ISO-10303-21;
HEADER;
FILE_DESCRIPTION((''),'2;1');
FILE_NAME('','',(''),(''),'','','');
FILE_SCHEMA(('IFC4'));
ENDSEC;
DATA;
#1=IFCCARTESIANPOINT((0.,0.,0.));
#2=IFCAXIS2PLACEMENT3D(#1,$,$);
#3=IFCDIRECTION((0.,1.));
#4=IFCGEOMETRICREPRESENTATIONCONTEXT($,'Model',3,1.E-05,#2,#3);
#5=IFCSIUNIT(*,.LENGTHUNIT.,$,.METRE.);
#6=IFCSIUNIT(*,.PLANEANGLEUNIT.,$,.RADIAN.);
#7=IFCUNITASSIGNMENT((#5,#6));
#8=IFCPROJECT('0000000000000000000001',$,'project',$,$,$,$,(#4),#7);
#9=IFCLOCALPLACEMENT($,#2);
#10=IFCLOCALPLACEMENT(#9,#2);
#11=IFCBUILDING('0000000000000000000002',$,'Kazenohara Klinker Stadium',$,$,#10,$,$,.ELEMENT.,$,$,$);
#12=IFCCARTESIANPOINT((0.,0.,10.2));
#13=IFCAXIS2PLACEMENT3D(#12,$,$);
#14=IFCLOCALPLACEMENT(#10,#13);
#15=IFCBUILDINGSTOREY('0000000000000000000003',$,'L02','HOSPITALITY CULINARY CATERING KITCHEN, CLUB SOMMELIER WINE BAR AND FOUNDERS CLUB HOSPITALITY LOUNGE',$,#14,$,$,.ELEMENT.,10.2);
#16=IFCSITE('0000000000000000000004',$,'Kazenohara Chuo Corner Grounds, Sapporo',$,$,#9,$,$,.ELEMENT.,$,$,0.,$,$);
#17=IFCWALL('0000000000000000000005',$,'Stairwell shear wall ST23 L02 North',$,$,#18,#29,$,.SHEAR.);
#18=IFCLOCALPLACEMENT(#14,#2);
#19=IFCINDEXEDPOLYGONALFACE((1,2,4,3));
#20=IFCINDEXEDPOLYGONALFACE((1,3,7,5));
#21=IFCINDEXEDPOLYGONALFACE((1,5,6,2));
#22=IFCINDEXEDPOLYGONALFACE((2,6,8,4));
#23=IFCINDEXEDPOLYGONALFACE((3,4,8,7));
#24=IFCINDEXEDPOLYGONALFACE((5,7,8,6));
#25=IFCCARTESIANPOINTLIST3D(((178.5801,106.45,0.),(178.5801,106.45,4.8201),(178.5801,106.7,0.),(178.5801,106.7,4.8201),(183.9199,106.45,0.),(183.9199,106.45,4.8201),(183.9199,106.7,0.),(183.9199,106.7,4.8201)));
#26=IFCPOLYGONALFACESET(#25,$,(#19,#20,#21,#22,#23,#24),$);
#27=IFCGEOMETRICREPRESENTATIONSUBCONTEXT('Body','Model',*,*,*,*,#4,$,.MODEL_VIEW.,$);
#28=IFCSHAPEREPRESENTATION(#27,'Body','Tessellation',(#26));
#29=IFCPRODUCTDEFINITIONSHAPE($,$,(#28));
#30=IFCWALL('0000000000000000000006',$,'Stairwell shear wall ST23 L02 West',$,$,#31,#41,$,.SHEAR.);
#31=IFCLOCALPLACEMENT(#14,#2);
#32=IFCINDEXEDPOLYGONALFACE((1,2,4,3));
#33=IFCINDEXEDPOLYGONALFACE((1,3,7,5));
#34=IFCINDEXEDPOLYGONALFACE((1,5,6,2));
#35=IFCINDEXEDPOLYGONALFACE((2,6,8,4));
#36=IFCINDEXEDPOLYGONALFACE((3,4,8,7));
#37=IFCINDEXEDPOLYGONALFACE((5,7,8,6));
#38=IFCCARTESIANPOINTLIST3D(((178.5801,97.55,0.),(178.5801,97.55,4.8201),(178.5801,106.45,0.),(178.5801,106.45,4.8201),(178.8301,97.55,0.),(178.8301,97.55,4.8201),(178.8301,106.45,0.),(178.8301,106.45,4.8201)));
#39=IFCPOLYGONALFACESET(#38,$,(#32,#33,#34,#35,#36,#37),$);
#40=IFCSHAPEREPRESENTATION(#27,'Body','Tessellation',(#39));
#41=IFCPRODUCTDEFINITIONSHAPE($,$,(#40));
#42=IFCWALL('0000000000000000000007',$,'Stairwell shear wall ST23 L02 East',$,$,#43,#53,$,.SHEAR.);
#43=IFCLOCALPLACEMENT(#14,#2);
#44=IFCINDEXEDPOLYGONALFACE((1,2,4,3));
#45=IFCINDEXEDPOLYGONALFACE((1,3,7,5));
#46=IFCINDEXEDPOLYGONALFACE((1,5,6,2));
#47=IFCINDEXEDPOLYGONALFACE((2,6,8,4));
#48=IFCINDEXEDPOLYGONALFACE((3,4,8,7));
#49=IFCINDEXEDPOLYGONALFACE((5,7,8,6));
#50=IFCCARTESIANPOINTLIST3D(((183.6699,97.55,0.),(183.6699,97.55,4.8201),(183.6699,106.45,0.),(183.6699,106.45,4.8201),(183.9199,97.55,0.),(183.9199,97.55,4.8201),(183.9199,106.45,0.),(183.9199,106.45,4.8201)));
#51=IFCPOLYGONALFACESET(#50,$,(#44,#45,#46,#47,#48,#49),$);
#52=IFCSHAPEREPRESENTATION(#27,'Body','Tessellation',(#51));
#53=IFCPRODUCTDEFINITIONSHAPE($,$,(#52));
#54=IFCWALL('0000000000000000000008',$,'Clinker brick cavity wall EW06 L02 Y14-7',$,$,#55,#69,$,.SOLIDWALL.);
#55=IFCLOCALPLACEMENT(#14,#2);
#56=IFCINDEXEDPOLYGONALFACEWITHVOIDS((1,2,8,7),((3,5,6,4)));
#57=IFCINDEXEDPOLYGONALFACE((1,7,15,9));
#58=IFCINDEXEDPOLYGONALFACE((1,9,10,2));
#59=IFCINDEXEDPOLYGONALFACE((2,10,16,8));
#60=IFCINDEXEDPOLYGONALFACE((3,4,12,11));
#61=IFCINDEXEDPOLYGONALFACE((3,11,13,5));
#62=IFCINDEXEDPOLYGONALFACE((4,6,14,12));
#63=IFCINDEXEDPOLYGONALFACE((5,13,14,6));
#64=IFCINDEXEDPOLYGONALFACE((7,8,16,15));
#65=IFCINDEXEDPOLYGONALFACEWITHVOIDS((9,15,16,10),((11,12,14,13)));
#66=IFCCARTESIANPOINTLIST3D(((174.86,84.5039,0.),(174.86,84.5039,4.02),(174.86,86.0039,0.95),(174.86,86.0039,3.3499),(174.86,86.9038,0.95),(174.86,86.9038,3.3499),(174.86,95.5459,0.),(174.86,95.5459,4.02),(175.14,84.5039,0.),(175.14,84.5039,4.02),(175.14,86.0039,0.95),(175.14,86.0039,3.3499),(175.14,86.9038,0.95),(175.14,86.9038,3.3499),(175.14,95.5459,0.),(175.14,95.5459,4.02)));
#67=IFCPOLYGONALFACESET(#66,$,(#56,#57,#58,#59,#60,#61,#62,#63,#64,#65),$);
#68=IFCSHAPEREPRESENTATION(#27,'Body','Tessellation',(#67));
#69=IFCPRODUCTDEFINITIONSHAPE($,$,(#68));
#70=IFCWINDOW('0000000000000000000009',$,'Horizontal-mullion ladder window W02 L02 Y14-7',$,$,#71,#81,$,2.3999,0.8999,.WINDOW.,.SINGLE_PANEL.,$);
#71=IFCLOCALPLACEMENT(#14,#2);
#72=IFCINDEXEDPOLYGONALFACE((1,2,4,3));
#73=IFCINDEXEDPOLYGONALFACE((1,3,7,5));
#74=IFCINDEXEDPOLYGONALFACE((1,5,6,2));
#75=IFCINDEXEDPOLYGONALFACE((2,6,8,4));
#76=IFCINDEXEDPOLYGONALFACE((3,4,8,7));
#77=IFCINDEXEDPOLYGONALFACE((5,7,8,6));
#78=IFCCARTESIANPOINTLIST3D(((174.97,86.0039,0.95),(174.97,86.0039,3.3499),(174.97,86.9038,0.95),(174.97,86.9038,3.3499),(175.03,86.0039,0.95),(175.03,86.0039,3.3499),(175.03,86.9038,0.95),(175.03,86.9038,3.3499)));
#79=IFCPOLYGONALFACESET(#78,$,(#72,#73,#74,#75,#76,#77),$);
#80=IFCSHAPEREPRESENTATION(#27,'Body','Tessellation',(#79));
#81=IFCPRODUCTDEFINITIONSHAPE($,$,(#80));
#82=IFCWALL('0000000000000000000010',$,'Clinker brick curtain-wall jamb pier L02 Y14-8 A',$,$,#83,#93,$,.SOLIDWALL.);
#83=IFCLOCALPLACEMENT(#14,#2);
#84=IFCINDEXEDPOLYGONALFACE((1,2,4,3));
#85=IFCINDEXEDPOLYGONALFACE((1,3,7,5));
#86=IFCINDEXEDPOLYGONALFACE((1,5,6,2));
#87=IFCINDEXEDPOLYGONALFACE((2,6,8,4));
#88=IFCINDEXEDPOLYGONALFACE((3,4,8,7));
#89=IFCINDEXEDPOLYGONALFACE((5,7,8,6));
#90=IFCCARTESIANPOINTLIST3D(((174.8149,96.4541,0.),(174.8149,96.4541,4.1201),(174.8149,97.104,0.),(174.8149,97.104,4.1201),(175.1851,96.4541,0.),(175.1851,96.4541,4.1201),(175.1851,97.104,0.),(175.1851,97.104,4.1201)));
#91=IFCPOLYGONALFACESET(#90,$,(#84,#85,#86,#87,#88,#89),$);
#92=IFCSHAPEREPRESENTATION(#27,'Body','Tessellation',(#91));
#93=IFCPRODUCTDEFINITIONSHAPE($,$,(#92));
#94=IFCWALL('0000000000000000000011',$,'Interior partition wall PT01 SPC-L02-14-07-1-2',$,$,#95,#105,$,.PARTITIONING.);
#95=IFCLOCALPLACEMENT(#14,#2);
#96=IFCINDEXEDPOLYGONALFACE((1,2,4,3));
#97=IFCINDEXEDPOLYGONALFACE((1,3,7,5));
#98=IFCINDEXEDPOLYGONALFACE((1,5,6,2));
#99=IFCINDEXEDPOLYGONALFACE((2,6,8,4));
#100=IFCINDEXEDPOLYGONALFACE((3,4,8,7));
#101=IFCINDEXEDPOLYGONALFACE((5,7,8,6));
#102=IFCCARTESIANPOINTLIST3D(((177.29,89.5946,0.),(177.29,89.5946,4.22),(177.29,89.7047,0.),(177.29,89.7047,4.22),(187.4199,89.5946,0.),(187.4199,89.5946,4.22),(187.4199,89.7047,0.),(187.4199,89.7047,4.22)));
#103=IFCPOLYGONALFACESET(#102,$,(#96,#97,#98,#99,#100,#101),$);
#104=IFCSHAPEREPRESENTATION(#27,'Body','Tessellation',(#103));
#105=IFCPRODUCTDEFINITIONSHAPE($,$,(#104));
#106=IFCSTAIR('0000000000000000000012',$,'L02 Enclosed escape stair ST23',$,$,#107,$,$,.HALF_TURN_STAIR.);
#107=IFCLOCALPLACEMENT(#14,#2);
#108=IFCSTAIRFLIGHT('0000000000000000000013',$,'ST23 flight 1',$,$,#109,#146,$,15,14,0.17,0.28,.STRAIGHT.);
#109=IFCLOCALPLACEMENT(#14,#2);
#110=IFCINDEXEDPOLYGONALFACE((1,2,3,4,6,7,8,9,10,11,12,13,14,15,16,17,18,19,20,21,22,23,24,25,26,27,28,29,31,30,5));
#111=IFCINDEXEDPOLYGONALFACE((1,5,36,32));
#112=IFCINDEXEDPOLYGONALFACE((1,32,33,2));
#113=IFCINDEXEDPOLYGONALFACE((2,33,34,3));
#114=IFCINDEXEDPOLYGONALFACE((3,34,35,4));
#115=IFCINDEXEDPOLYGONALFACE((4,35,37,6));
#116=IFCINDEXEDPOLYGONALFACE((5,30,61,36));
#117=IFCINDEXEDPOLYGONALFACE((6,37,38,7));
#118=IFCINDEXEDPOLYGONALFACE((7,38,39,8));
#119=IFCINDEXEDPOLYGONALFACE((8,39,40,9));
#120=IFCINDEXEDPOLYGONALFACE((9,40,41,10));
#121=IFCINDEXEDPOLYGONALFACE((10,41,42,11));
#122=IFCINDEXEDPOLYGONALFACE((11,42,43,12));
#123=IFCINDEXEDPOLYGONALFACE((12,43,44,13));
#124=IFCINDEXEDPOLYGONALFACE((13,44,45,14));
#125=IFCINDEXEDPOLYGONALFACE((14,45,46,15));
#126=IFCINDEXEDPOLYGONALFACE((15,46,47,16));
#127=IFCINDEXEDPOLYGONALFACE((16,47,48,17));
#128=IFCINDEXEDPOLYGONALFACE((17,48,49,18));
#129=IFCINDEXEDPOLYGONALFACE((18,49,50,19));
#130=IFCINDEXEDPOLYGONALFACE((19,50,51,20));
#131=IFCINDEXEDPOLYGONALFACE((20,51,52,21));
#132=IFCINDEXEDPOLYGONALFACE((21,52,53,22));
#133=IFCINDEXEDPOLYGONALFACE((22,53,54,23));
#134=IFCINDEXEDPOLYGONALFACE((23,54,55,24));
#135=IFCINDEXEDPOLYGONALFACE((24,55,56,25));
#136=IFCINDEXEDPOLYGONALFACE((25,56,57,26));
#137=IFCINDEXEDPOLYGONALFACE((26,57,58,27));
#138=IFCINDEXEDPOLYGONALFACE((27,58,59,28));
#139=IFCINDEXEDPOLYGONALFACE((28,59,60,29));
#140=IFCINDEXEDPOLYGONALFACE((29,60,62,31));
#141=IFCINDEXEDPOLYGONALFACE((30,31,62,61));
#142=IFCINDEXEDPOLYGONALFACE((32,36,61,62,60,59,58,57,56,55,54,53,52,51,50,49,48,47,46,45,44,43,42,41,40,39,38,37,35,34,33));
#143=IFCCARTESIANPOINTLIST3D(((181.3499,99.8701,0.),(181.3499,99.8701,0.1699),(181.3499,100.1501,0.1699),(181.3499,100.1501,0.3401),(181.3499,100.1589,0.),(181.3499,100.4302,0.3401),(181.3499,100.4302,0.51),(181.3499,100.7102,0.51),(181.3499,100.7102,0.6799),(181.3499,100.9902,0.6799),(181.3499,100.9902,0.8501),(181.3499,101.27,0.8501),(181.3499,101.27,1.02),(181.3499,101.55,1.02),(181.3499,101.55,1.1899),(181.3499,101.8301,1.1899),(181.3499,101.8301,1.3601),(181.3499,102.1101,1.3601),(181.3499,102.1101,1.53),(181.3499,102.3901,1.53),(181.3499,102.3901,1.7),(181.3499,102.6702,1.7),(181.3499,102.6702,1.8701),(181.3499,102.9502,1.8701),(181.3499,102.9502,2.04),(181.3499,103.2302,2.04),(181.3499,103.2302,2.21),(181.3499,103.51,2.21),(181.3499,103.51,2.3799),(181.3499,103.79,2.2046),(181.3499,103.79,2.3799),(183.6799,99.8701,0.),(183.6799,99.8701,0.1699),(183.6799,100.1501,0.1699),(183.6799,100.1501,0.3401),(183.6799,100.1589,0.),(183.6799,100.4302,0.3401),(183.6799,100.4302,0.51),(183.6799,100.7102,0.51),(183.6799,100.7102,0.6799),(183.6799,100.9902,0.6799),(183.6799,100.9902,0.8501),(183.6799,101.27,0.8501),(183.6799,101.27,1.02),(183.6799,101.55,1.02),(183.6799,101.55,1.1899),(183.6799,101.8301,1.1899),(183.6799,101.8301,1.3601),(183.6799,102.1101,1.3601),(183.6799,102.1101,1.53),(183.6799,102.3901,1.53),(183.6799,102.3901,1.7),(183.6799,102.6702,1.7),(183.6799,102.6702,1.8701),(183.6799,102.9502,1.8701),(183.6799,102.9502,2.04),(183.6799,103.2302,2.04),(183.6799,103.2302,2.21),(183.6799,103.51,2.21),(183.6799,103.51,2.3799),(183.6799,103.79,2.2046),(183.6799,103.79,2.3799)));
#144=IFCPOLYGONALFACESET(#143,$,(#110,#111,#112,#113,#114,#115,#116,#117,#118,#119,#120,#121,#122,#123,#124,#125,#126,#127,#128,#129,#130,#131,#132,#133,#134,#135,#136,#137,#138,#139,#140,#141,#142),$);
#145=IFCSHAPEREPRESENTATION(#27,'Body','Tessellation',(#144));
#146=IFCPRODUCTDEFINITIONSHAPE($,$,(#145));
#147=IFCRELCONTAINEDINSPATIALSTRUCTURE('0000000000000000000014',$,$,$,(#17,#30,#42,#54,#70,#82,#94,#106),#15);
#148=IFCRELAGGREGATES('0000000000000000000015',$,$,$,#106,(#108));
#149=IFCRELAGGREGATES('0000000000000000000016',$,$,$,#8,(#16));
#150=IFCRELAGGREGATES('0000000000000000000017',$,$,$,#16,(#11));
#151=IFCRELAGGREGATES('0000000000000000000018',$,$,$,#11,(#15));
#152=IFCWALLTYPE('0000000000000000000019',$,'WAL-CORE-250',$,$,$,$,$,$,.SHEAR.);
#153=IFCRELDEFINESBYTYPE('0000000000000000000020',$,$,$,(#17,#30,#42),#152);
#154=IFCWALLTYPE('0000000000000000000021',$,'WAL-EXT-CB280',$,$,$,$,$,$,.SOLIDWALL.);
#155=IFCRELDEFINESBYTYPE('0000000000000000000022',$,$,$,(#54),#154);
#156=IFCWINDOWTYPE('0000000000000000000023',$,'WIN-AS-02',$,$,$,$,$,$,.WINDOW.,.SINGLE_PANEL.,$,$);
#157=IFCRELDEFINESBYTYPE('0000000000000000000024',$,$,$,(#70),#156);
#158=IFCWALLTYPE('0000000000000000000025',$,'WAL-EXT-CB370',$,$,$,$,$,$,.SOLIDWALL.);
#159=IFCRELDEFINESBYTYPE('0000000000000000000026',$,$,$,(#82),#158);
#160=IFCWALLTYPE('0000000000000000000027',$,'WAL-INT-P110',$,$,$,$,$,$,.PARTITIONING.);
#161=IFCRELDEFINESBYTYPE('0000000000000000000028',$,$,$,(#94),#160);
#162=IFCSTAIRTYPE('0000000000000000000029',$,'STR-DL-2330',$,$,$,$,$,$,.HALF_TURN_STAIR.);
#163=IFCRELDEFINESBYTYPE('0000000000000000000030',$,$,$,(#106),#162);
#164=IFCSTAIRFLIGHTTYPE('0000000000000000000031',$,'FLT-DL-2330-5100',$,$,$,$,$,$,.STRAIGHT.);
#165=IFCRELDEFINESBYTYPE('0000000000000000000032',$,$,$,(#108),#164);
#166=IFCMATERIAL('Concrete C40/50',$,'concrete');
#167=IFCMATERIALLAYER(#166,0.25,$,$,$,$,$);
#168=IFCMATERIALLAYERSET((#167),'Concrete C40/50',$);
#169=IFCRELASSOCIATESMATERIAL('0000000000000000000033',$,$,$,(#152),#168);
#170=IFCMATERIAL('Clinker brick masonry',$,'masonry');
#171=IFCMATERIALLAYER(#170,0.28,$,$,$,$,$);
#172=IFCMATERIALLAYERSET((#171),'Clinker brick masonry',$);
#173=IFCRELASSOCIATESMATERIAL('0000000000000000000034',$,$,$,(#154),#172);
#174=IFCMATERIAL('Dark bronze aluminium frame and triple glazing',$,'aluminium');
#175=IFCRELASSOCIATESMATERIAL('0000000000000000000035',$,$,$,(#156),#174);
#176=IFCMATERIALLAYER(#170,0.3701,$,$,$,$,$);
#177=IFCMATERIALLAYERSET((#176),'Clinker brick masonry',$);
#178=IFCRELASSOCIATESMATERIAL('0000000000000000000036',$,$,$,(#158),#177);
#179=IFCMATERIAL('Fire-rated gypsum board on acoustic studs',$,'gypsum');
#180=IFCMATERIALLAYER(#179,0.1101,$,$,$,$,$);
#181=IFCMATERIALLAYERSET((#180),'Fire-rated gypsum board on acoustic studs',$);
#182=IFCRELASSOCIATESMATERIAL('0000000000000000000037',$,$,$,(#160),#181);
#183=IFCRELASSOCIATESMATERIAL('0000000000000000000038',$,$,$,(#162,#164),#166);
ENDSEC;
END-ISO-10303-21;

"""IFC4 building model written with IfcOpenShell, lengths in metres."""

from ifc_helpers import new_model, si_unit, direction, frame, frame_2d, origin, place, context, subcontext, project, spatial, polyline, rectangle, outline, extrude, material, layer, layer_set, type_object, element, fill, aggregate, save


model = new_model("IFC4")

# Units and contexts
model_context = context("Model", 3, precision=1e-05, world=origin(), true_north=direction((0.0, 1.0)))
body_context = subcontext(model_context, "Body", "Model", "MODEL_VIEW")
ifc_project = project(units=[si_unit("LENGTHUNIT", "METRE"), si_unit("PLANEANGLEUNIT", "RADIAN")], contexts=[model_context])

# Site, building, storey
site_placement = place(None, origin())
site = spatial("IfcSite", under=ifc_project, at=site_placement, Name="Kazenohara Chuo Corner Grounds, Sapporo", CompositionType="ELEMENT", RefElevation=0.0)
building_placement = place(site_placement, origin())
building = spatial("IfcBuilding", under=site, at=building_placement, Name="Kazenohara Klinker Stadium", CompositionType="ELEMENT")
storey_placement = place(building_placement, frame((0.0, 0.0, 10.2)))
storey = spatial("IfcBuildingStorey", under=building, at=storey_placement, Name="L02", Description="HOSPITALITY CULINARY CATERING KITCHEN, CLUB SOMMELIER WINE BAR AND FOUNDERS CLUB HOSPITALITY LOUNGE", CompositionType="ELEMENT", Elevation=10.2)

# Shared definitions
ifc_material_1 = material(Name="Concrete C40/50", Category="concrete")

# Shared definitions
ifc_layer_1 = layer(ifc_material_1, 0.25)
ifc_layer_set_1 = layer_set([ifc_layer_1], Name="Concrete C40/50")
wall_type_1 = type_object("IfcWallType", Name="WAL-CORE-250", PredefinedType="SHEAR", material=ifc_layer_set_1)

# Walls
wall_1_placement = place(storey_placement, frame((178.5801, 106.575, 0.0), z_axis=(0.0, 0.0, 1.0), x_axis=(1.0, 0.0, 0.0)))
element("IfcWall", 1, at=wall_1_placement, inside=storey, type_object=wall_type_1, Name="Stairwell shear wall ST23 L02 North", PredefinedType="SHEAR", context=body_context, shape_type="SweptSolid", body=[
    extrude(rectangle(XDim=5.3398, YDim=0.25, at=frame_2d((2.6699, 0.0))), origin(), (0.0, 0.0, 1.0), 4.8201),
])
for number, where, z_axis, x_axis, name in (
    (2, (178.7051, 97.55, 0.0), (0.0, 0.0, 1.0), (0.0, 1.0, 0.0), "Stairwell shear wall ST23 L02 West"),
    (3, (183.7949, 97.55, 0.0), (0.0, 0.0, 1.0), (0.0, 1.0, 0.0), "Stairwell shear wall ST23 L02 East"),
):
    element("IfcWall", number, at=place(storey_placement, frame(where, z_axis=z_axis, x_axis=x_axis)), inside=storey, type_object=wall_type_1, Name=name, PredefinedType="SHEAR", context=body_context, shape_type="SweptSolid", body=[
        extrude(rectangle(XDim=8.8999, YDim=0.25, at=frame_2d((4.45, 0.0))), origin(), (0.0, 0.0, 1.0), 4.8201),
    ])

# Wall, opening, window
ifc_material_2 = material(Name="Clinker brick masonry", Category="masonry")
ifc_layer_2 = layer(ifc_material_2, 0.28)
ifc_layer_set_2 = layer_set([ifc_layer_2], Name="Clinker brick masonry")
wall_type_2 = type_object("IfcWallType", Name="WAL-EXT-CB280", PredefinedType="SOLIDWALL", material=ifc_layer_set_2)
wall_2_placement = place(storey_placement, frame((175.0, 84.5039, 0.0), z_axis=(0.0, 0.0, 1.0), x_axis=(0.0, 1.0, 0.0)))
wall_2 = element("IfcWall", 4, at=wall_2_placement, inside=storey, type_object=wall_type_2, Name="Clinker brick cavity wall EW06 L02 Y14-7", PredefinedType="SOLIDWALL", context=body_context, shape_type="SweptSolid", body=[
    extrude(rectangle(XDim=11.042, YDim=0.28, at=frame_2d((5.521, 0.0))), origin(), (0.0, 0.0, 1.0), 4.02),
])
opening_1_placement = place(wall_2_placement, frame((1.5, 0.0, 0.95)))
opening_1 = element("IfcOpeningElement", 5, at=opening_1_placement, cuts=wall_2, PredefinedType="OPENING", context=body_context, shape_type="SweptSolid", body=[
    extrude(rectangle(XDim=0.8999, YDim=2.3999, at=frame_2d((0.45, 1.2))), frame((0.0, 0.1499, 0.0), z_axis=(0.0, -1.0, 0.0), x_axis=(1.0, 0.0, 0.0)), (0.0, 0.0, 1.0), 0.3),
])
ifc_material_3 = material(Name="Dark bronze aluminium frame and triple glazing", Category="aluminium")
window_type = type_object("IfcWindowType", Name="WIN-AS-02", PartitioningType="SINGLE_PANEL", PredefinedType="WINDOW", material=ifc_material_3)
window_placement = place(opening_1_placement, origin())
window = element("IfcWindow", 6, at=window_placement, inside=storey, type_object=window_type, Name="Horizontal-mullion ladder window W02 L02 Y14-7", OverallHeight=2.3999, OverallWidth=0.8999, PartitioningType="SINGLE_PANEL", PredefinedType="WINDOW", context=body_context, shape_type="SweptSolid", body=[
    extrude(rectangle(XDim=0.8999, YDim=2.3999, at=frame_2d((0.45, 1.2))), frame((0.0, 0.03, 0.0), z_axis=(0.0, -1.0, 0.0), x_axis=(1.0, 0.0, 0.0)), (0.0, 0.0, 1.0), 0.0601),
])
fill(opening_1, window)

# Walls
ifc_layer_3 = layer(ifc_material_2, 0.3701)
ifc_layer_set_3 = layer_set([ifc_layer_3], Name="Clinker brick masonry")
wall_type_3 = type_object("IfcWallType", Name="WAL-EXT-CB370", PredefinedType="SOLIDWALL", material=ifc_layer_set_3)
wall_3_placement = place(storey_placement, frame((175.0, 96.4541, 0.0), z_axis=(0.0, 0.0, 1.0), x_axis=(0.0, 1.0, 0.0)))
element("IfcWall", 7, at=wall_3_placement, inside=storey, type_object=wall_type_3, Name="Clinker brick curtain-wall jamb pier L02 Y14-8 A", PredefinedType="SOLIDWALL", context=body_context, shape_type="SweptSolid", body=[
    extrude(rectangle(XDim=0.6499, YDim=0.3701, at=frame_2d((0.325, 0.0))), origin(), (0.0, 0.0, 1.0), 4.1201),
])
ifc_material_4 = material(Name="Fire-rated gypsum board on acoustic studs", Category="gypsum")
ifc_layer_4 = layer(ifc_material_4, 0.1101)
ifc_layer_set_4 = layer_set([ifc_layer_4], Name="Fire-rated gypsum board on acoustic studs")
wall_type_4 = type_object("IfcWallType", Name="WAL-INT-P110", PredefinedType="PARTITIONING", material=ifc_layer_set_4)
wall_4_placement = place(storey_placement, frame((177.29, 89.6497, 0.0), z_axis=(0.0, 0.0, 1.0), x_axis=(1.0, 0.0, 0.0)))
element("IfcWall", 8, at=wall_4_placement, inside=storey, type_object=wall_type_4, Name="Interior partition wall PT01 SPC-L02-14-07-1-2", PredefinedType="PARTITIONING", context=body_context, shape_type="SweptSolid", body=[
    extrude(rectangle(XDim=10.1299, YDim=0.1101, at=frame_2d((5.0649, 0.0))), origin(), (0.0, 0.0, 1.0), 4.22),
])

# Stair, stair flight
stair_type = type_object("IfcStairType", Name="STR-DL-2330", PredefinedType="HALF_TURN_STAIR", material=ifc_material_1)
stair_placement = place(storey_placement, origin())
stair = element("IfcStair", 9, at=stair_placement, inside=storey, type_object=stair_type, Name="L02 Enclosed escape stair ST23", PredefinedType="HALF_TURN_STAIR")
stair_flight_type = type_object("IfcStairFlightType", Name="FLT-DL-2330-5100", PredefinedType="STRAIGHT", material=ifc_material_1)
stair_flight_1_placement = place(storey_placement, frame((182.5149, 99.8701, 0.0), z_axis=(0.0, 0.0, 1.0), x_axis=(0.0, 1.0, 0.0)))
stair_flight_1 = element("IfcStairFlight", 10, at=stair_flight_1_placement, type_object=stair_flight_type, Name="ST23 flight 1", NumberOfRisers=15, NumberOfTreads=14, PredefinedType="STRAIGHT", RiserHeight=0.17, TreadLength=0.28, context=body_context, shape_type="SweptSolid", body=[
    extrude(outline(polyline([(0.0, 0.0), (0.0, 0.1699), (0.28, 0.1699), (0.28, 0.3401), (0.5601, 0.3401), (0.5601, 0.51), (0.8401, 0.51), (0.8401, 0.6799), (1.1201, 0.6799), (1.1201, 0.8501), (1.3999, 0.8501), (1.3999, 1.02), (1.6799, 1.02), (1.6799, 1.1899), (1.96, 1.1899), (1.96, 1.3601), (2.24, 1.3601), (2.24, 1.53), (2.52, 1.53), (2.52, 1.7), (2.8, 1.7), (2.8, 1.8701), (3.0801, 1.8701), (3.0801, 2.04), (3.3601, 2.04), (3.3601, 2.21), (3.6399, 2.21), (3.6399, 2.3799), (3.9199, 2.3799), (3.9199, 2.55), (3.9199, 2.2046), (0.2888, 0.0), (0.0, 0.0)])), frame((0.0, 1.165, 0.0), z_axis=(0.0, -1.0, 0.0), x_axis=(1.0, 0.0, 0.0)), (0.0, 0.0, 1.0), 2.3301),
])
aggregate(stair, [stair_flight_1])

save(model, "model.ifc")
